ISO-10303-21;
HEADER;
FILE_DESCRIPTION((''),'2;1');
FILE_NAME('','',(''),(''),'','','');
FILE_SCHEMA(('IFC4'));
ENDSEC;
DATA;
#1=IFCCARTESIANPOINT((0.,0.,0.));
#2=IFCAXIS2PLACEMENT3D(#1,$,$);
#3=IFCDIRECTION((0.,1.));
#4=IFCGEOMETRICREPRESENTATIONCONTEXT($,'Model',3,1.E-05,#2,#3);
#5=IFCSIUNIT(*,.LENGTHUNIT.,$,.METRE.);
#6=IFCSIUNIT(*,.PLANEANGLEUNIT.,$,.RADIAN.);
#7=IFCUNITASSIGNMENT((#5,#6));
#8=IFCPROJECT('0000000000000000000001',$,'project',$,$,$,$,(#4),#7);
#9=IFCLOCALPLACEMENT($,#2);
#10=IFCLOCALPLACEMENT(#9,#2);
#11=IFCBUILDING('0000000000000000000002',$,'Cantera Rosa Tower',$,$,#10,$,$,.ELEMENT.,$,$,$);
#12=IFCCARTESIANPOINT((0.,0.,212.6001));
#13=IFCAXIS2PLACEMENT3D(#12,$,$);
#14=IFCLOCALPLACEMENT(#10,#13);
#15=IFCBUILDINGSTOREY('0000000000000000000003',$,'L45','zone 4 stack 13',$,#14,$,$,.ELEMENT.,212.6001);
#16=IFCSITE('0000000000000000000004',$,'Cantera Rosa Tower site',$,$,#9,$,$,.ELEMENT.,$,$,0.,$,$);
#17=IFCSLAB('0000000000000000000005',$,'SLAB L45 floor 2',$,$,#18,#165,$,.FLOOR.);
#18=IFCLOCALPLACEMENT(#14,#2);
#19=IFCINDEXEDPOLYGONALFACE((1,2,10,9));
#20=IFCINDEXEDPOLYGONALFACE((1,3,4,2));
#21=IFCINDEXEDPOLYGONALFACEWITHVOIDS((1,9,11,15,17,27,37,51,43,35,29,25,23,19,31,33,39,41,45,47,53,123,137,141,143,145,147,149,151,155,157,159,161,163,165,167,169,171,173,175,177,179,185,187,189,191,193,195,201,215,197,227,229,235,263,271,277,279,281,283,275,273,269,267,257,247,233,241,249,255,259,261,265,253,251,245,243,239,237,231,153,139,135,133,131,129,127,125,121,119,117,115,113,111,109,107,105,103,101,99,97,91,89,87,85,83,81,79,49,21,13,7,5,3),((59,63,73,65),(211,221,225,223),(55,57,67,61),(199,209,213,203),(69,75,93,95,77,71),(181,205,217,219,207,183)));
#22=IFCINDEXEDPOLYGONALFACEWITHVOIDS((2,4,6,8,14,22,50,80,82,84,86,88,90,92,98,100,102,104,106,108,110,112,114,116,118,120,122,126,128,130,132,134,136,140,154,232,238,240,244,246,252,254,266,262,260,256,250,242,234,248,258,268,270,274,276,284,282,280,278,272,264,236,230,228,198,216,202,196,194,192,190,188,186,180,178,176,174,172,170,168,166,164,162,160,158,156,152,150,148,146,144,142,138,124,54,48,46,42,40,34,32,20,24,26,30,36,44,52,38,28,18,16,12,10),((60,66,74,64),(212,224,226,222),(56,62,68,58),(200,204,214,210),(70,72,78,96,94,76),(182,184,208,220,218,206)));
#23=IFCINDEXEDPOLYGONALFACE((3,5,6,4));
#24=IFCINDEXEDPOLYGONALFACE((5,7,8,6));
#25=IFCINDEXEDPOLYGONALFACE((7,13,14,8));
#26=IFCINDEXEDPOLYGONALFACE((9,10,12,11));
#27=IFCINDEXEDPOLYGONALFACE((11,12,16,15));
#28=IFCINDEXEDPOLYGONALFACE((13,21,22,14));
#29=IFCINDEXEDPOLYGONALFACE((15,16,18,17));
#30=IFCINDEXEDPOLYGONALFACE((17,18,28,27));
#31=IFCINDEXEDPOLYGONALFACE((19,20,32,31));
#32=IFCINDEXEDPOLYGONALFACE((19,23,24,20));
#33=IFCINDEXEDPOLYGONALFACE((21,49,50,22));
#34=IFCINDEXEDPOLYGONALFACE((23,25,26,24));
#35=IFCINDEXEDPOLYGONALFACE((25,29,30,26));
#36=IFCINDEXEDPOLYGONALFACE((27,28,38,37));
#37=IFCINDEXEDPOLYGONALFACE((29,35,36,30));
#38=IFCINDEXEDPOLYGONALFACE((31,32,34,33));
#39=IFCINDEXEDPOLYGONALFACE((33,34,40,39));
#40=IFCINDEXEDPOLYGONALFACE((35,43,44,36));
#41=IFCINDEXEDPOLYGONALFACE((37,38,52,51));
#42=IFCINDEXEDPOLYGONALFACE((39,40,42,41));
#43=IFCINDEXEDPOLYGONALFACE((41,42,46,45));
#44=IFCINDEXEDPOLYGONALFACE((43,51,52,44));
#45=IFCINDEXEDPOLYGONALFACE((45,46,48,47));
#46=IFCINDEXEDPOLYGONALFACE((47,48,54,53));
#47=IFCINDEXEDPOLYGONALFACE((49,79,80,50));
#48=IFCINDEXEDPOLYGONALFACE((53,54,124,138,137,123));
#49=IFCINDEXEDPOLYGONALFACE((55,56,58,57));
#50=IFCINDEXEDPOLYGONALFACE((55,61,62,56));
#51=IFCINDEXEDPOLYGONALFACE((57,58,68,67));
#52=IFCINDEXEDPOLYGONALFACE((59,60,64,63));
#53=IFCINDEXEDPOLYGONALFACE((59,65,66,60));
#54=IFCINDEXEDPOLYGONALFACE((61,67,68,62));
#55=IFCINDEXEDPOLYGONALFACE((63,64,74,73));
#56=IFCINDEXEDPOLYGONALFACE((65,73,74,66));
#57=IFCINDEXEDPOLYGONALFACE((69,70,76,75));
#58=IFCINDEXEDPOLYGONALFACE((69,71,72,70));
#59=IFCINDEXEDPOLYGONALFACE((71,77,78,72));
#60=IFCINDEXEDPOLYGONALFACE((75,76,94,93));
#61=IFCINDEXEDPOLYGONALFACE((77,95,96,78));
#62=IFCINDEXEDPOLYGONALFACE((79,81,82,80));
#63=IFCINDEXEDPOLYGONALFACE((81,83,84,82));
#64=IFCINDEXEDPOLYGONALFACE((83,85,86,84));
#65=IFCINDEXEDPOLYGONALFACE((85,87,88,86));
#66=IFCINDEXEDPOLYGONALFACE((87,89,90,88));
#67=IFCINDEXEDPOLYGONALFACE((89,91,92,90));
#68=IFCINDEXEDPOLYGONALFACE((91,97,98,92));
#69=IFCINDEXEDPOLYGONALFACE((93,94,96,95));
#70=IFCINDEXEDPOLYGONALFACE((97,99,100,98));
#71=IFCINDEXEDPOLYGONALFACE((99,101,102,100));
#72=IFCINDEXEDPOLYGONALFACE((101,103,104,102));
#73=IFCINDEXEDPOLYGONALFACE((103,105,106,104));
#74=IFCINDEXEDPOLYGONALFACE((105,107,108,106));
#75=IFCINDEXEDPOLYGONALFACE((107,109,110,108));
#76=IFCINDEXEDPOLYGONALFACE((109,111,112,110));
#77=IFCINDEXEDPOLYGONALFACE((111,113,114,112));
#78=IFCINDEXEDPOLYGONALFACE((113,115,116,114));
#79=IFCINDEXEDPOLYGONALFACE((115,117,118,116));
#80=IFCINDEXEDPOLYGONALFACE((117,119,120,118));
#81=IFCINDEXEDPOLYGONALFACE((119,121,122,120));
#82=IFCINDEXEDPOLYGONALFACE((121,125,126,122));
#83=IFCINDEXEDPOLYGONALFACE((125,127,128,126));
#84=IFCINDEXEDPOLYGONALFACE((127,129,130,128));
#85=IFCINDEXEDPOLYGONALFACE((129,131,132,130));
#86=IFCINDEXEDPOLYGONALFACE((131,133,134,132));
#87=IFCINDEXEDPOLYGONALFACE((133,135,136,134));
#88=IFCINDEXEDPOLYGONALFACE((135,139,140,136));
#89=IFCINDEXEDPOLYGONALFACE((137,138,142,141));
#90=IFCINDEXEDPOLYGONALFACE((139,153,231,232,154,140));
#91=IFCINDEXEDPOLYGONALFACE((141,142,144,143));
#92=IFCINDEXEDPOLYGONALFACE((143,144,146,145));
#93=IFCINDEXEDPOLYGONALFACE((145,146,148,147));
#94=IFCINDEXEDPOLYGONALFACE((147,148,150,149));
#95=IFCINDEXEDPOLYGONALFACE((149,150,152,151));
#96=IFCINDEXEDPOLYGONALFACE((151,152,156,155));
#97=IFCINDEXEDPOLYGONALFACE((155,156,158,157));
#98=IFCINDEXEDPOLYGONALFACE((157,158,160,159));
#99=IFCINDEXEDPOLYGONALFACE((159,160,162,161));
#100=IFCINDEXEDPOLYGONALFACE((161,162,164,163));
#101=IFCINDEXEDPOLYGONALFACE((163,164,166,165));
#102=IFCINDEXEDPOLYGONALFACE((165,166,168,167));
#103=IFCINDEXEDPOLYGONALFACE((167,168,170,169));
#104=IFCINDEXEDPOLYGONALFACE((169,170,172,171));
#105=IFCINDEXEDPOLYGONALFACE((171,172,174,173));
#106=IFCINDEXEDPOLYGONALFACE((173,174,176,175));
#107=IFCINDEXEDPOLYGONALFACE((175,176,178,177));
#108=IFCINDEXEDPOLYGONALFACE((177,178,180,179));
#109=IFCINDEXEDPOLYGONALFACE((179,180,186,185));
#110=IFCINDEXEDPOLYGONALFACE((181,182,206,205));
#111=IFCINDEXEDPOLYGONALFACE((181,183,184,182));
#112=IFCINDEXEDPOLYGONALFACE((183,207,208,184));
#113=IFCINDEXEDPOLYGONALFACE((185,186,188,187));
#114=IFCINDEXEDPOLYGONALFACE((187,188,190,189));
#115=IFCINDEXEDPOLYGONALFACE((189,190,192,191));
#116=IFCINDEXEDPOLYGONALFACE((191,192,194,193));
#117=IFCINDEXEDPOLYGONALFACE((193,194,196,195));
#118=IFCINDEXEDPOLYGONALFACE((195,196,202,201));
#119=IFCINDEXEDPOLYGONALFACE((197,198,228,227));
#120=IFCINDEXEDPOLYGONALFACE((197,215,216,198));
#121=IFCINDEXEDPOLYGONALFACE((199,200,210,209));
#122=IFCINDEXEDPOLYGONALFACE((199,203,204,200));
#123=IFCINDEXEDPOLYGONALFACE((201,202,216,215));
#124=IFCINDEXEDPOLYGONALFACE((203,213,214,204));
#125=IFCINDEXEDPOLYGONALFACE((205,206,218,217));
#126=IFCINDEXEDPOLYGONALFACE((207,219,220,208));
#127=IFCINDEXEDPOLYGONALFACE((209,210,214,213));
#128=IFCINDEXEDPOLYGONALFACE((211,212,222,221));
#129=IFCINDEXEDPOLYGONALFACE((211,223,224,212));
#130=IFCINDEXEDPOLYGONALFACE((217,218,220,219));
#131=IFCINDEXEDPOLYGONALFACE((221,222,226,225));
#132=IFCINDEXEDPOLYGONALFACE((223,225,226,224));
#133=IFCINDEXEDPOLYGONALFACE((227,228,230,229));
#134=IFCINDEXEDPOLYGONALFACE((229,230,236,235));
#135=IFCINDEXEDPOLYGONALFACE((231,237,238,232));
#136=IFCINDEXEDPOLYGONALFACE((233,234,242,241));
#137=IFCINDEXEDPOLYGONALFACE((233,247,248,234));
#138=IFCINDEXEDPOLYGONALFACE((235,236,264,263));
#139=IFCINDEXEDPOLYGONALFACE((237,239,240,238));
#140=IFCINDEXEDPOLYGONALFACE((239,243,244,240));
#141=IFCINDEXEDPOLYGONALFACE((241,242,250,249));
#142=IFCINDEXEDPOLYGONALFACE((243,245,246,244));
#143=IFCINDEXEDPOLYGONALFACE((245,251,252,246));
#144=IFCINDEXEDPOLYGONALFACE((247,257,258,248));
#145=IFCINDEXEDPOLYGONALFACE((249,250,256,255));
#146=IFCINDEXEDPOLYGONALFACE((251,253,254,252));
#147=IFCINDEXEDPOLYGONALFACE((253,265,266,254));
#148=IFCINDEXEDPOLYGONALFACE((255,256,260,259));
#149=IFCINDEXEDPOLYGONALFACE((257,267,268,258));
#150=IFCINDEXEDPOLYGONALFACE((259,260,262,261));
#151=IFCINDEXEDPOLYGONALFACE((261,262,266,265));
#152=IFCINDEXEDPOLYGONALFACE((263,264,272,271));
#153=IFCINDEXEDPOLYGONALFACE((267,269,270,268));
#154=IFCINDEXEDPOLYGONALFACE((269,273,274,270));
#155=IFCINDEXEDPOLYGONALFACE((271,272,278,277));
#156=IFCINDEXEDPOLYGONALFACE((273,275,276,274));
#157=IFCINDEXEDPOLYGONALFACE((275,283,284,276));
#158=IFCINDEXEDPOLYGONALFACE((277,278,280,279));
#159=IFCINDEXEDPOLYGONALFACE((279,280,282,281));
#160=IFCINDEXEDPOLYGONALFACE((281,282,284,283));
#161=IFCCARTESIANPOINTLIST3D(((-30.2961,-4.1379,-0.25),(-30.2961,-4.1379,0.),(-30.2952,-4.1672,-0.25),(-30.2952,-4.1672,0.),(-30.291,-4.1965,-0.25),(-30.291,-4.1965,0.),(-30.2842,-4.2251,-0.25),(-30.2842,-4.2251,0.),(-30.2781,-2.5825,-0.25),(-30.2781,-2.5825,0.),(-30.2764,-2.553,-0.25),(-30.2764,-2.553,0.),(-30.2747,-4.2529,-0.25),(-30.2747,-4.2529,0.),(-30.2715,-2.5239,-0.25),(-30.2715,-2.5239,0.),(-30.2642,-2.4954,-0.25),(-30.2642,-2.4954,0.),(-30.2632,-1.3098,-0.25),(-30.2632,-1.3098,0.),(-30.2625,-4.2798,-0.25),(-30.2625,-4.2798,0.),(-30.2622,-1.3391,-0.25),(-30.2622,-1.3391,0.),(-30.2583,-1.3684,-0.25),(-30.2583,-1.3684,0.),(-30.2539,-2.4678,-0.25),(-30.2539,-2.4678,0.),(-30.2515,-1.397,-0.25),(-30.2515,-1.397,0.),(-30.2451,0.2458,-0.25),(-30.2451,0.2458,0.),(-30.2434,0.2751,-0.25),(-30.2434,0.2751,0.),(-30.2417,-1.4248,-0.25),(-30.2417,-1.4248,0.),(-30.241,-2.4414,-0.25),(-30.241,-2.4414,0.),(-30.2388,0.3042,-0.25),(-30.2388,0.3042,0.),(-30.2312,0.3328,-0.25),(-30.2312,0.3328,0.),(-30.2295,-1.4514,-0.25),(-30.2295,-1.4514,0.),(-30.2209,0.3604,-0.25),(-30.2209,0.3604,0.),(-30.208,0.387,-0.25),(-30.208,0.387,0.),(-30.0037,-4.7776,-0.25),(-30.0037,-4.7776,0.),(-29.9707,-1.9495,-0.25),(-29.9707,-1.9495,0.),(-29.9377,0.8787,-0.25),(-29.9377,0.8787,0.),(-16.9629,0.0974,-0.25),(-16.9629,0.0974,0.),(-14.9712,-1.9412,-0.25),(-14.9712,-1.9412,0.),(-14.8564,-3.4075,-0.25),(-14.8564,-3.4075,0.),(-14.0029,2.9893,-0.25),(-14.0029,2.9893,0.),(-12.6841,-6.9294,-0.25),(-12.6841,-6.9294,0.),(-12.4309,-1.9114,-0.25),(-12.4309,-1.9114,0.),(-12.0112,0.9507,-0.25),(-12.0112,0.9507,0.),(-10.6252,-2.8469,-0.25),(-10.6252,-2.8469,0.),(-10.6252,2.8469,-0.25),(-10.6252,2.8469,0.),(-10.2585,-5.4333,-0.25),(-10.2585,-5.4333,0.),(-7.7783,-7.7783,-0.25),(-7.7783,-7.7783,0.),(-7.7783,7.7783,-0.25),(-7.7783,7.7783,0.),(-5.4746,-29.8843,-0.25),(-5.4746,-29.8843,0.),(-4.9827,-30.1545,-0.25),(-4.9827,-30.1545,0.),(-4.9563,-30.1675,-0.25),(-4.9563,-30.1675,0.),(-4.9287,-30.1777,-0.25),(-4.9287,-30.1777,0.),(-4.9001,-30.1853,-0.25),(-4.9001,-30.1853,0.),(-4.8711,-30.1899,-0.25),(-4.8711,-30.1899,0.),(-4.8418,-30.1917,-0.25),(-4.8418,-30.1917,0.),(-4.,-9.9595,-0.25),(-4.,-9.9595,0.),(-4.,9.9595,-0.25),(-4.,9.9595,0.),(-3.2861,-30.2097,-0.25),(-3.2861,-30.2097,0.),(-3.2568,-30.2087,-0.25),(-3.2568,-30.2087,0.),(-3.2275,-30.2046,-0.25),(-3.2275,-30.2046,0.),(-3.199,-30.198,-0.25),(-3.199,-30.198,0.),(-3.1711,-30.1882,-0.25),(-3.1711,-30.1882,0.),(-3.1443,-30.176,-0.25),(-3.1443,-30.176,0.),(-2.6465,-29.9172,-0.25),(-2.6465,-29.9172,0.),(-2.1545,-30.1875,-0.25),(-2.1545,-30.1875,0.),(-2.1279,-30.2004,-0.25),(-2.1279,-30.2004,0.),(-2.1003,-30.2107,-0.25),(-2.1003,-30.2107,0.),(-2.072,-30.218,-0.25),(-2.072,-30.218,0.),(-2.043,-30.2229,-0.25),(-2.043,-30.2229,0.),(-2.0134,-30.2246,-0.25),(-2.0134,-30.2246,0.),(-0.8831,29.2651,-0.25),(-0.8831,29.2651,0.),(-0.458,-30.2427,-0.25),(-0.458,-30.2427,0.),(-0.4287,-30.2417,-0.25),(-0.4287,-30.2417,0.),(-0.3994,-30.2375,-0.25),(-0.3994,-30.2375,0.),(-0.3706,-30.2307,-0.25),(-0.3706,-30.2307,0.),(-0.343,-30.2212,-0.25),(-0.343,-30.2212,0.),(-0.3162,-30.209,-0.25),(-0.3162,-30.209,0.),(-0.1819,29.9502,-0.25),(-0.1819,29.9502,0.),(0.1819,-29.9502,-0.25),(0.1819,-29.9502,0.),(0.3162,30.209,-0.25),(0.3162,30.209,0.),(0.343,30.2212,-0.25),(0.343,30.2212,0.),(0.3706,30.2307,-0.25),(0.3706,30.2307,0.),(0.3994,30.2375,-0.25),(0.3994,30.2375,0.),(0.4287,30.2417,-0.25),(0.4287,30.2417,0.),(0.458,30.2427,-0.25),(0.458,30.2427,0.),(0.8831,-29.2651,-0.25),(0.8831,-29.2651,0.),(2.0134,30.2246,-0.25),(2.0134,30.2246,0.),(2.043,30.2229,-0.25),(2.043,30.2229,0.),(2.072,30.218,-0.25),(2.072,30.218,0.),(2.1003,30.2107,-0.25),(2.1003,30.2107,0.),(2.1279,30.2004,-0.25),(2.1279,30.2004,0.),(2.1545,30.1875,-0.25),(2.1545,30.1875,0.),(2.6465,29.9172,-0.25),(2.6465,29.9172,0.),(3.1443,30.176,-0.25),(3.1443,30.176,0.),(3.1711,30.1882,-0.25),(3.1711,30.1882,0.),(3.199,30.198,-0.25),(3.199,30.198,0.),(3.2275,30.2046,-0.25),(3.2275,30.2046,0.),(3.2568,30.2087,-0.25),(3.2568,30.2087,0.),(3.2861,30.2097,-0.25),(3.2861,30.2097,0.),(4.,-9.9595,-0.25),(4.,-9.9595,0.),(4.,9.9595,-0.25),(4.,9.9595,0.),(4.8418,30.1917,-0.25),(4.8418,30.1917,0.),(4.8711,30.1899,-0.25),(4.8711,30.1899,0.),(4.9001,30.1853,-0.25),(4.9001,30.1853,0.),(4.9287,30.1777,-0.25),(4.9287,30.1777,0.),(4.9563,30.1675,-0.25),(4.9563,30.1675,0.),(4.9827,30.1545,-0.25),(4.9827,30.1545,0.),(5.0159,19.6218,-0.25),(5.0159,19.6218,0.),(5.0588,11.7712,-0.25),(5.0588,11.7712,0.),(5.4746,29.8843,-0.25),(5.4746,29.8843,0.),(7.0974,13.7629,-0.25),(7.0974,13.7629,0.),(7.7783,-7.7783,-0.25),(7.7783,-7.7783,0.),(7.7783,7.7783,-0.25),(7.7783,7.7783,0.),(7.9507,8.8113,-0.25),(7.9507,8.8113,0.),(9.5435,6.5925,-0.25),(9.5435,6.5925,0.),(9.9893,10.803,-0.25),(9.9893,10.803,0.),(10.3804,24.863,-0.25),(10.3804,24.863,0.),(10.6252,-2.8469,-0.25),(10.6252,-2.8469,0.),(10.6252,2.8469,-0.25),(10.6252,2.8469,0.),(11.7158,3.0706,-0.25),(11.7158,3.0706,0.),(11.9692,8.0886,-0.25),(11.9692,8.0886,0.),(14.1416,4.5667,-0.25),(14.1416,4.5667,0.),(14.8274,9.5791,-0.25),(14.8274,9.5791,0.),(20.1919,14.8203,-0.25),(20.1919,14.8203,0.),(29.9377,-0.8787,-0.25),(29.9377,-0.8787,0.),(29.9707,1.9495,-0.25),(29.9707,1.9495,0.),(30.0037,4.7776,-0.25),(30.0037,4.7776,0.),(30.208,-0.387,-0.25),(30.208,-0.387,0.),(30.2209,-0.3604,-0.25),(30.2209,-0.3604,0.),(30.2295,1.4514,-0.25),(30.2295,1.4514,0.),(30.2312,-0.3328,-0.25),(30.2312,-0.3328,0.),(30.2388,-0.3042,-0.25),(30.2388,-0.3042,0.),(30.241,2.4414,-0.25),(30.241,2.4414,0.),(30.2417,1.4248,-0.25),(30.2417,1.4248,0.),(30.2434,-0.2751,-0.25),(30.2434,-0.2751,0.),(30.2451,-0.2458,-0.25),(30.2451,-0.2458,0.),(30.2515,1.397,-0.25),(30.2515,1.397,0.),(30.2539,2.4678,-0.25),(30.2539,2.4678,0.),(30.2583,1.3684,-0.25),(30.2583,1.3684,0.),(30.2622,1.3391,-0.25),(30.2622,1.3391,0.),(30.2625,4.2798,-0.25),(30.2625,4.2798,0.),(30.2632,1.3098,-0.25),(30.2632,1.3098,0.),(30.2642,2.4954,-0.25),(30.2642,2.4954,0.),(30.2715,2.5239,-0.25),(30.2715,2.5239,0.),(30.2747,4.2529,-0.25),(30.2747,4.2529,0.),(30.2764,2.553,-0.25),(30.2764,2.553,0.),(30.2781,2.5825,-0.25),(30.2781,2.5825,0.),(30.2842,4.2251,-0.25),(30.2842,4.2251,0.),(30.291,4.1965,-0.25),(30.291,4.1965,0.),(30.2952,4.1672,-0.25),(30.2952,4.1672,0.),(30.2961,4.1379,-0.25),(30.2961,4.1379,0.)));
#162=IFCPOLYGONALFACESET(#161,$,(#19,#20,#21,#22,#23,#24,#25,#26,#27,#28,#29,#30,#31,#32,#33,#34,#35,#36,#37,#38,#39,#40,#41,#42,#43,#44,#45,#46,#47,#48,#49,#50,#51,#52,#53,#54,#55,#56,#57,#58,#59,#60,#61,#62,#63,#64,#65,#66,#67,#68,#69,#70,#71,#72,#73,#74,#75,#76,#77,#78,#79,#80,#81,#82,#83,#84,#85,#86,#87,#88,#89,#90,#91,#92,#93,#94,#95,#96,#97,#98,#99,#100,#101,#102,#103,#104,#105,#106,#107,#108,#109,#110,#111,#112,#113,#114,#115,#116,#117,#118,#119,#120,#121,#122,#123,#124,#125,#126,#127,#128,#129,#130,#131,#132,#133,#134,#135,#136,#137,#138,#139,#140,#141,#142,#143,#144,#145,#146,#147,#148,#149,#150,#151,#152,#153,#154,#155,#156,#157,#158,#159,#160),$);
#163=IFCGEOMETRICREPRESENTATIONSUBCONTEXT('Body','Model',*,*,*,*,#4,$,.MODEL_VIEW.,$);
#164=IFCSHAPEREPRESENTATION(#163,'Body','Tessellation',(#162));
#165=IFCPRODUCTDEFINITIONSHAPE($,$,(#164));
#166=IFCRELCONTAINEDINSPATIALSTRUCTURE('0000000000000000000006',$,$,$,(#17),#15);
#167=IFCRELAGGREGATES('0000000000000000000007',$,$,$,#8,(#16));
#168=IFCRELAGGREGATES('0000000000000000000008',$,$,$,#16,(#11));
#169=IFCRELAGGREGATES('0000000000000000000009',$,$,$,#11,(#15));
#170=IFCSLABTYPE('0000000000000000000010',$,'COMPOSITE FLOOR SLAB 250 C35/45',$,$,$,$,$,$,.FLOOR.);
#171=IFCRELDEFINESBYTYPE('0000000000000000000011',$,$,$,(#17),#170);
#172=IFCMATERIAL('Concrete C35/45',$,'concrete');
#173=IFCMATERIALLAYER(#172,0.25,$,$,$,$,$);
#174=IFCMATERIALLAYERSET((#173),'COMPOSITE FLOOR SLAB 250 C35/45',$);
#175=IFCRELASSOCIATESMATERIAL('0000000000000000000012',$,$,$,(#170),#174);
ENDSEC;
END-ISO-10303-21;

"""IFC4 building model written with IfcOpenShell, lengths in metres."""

from ifc_helpers import new_model, si_unit, direction, frame, origin, place, context, subcontext, project, spatial, polyline, outline, extrude, material, layer, layer_set, type_object, element, save


model = new_model("IFC4")

# Units and contexts
model_context = context("Model", 3, precision=1e-05, world=origin(), true_north=direction((0.0, 1.0)))
body_context = subcontext(model_context, "Body", "Model", "MODEL_VIEW")
ifc_project = project(units=[si_unit("LENGTHUNIT", "METRE"), si_unit("PLANEANGLEUNIT", "RADIAN")], contexts=[model_context])

# Site, building, storey
site_placement = place(None, origin())
site = spatial("IfcSite", under=ifc_project, at=site_placement, Name="Cantera Rosa Tower site", CompositionType="ELEMENT", RefElevation=0.0)
building_placement = place(site_placement, origin())
building = spatial("IfcBuilding", under=site, at=building_placement, Name="Cantera Rosa Tower", CompositionType="ELEMENT")
storey_placement = place(building_placement, frame((0.0, 0.0, 212.6001)))
storey = spatial("IfcBuildingStorey", under=building, at=storey_placement, Name="L45", Description="zone 4 stack 13", CompositionType="ELEMENT", Elevation=212.6001)

# Slab
ifc_material_1 = material(Name="Concrete C35/45", Category="concrete")
ifc_layer_1 = layer(ifc_material_1, 0.25)
ifc_layer_set_1 = layer_set([ifc_layer_1], Name="COMPOSITE FLOOR SLAB 250 C35/45")
slab_type_1 = type_object("IfcSlabType", Name="COMPOSITE FLOOR SLAB 250 C35/45", PredefinedType="FLOOR", material=ifc_layer_set_1)
slab_1_placement = place(storey_placement, frame((0.0, 0.0, -0.25)))
element("IfcSlab", 1, at=slab_1_placement, inside=storey, type_object=slab_type_1, Name="SLAB L45 floor 2", PredefinedType="FLOOR", context=body_context, shape_type="SweptSolid", body=[
    extrude(outline(polyline([(-2.1279, -30.2004), (-2.1545, -30.1875), (-2.6465, -29.9172), (-3.1443, -30.176), (-3.1711, -30.1882), (-3.199, -30.198), (-3.2275, -30.2046), (-3.2568, -30.2087), (-3.2861, -30.2097), (-4.8418, -30.1917), (-4.8711, -30.1899), (-4.9001, -30.1853), (-4.9287, -30.1777), (-4.9563, -30.1675), (-4.9827, -30.1545), (-5.4746, -29.8843), (-30.0037, -4.7776), (-30.2625, -4.2798), (-30.2747, -4.2529), (-30.2842, -4.2251), (-30.291, -4.1965), (-30.2952, -4.1672), (-30.2961, -4.1379), (-30.2781, -2.5825), (-30.2764, -2.553), (-30.2715, -2.5239), (-30.2642, -2.4954), (-30.2539, -2.4678), (-30.241, -2.4414), (-29.9707, -1.9495), (-30.2295, -1.4514), (-30.2417, -1.4248), (-30.2515, -1.397), (-30.2583, -1.3684), (-30.2622, -1.3391), (-30.2632, -1.3098), (-30.2451, 0.2458), (-30.2434, 0.2751), (-30.2388, 0.3042), (-30.2312, 0.3328), (-30.2209, 0.3604), (-30.208, 0.387), (-29.9377, 0.8787), (-0.8831, 29.2651), (-0.1819, 29.9502), (0.3162, 30.209), (0.343, 30.2212), (0.3706, 30.2307), (0.3994, 30.2375), (0.4287, 30.2417), (0.458, 30.2427), (2.0134, 30.2246), (2.043, 30.2229), (2.072, 30.218), (2.1003, 30.2107), (2.1279, 30.2004), (2.1545, 30.1875), (2.6465, 29.9172), (3.1443, 30.176), (3.1711, 30.1882), (3.199, 30.198), (3.2275, 30.2046), (3.2568, 30.2087), (3.2861, 30.2097), (4.8418, 30.1917), (4.8711, 30.1899), (4.9001, 30.1853), (4.9287, 30.1777), (4.9563, 30.1675), (4.9827, 30.1545), (5.4746, 29.8843), (10.3804, 24.863), (5.0159, 19.6218), (14.8274, 9.5791), (20.1919, 14.8203), (30.0037, 4.7776), (30.2625, 4.2798), (30.2747, 4.2529), (30.2842, 4.2251), (30.291, 4.1965), (30.2952, 4.1672), (30.2961, 4.1379), (30.2781, 2.5825), (30.2764, 2.553), (30.2715, 2.5239), (30.2642, 2.4954), (30.2539, 2.4678), (30.241, 2.4414), (29.9707, 1.9495), (30.2295, 1.4514), (30.2417, 1.4248), (30.2515, 1.397), (30.2583, 1.3684), (30.2622, 1.3391), (30.2632, 1.3098), (30.2451, -0.2458), (30.2434, -0.2751), (30.2388, -0.3042), (30.2312, -0.3328), (30.2209, -0.3604), (30.208, -0.387), (29.9377, -0.8787), (0.8831, -29.2651), (0.1819, -29.9502), (-0.3162, -30.209), (-0.343, -30.2212), (-0.3706, -30.2307), (-0.3994, -30.2375), (-0.4287, -30.2417), (-0.458, -30.2427), (-2.0134, -30.2246), (-2.043, -30.2229), (-2.072, -30.218), (-2.1003, -30.2107), (-2.1279, -30.2004)]), holes=[polyline([(-12.4309, -1.9114), (-14.8564, -3.4075), (-12.6841, -6.9294), (-10.2585, -5.4333), (-12.4309, -1.9114)]), polyline([(-7.7783, 7.7783), (-10.6252, 2.8469), (-10.6252, -2.8469), (-7.7783, -7.7783), (-4.0, -9.9595), (-4.0, 9.9595), (-7.7783, 7.7783)]), polyline([(-14.0029, 2.9893), (-16.9629, 0.0974), (-14.9712, -1.9412), (-12.0112, 0.9507), (-14.0029, 2.9893)]), polyline([(7.7783, -7.7783), (10.6252, -2.8469), (10.6252, 2.8469), (7.7783, 7.7783), (4.0, 9.9595), (4.0, -9.9595), (7.7783, -7.7783)]), polyline([(14.1416, 4.5667), (11.9692, 8.0886), (9.5435, 6.5925), (11.7158, 3.0706), (14.1416, 4.5667)]), polyline([(9.9893, 10.803), (7.0974, 13.7629), (5.0588, 11.7712), (7.9507, 8.8113), (9.9893, 10.803)])]), origin(), (0.0, 0.0, 1.0), 0.25),
])

save(model, "model.ifc")
